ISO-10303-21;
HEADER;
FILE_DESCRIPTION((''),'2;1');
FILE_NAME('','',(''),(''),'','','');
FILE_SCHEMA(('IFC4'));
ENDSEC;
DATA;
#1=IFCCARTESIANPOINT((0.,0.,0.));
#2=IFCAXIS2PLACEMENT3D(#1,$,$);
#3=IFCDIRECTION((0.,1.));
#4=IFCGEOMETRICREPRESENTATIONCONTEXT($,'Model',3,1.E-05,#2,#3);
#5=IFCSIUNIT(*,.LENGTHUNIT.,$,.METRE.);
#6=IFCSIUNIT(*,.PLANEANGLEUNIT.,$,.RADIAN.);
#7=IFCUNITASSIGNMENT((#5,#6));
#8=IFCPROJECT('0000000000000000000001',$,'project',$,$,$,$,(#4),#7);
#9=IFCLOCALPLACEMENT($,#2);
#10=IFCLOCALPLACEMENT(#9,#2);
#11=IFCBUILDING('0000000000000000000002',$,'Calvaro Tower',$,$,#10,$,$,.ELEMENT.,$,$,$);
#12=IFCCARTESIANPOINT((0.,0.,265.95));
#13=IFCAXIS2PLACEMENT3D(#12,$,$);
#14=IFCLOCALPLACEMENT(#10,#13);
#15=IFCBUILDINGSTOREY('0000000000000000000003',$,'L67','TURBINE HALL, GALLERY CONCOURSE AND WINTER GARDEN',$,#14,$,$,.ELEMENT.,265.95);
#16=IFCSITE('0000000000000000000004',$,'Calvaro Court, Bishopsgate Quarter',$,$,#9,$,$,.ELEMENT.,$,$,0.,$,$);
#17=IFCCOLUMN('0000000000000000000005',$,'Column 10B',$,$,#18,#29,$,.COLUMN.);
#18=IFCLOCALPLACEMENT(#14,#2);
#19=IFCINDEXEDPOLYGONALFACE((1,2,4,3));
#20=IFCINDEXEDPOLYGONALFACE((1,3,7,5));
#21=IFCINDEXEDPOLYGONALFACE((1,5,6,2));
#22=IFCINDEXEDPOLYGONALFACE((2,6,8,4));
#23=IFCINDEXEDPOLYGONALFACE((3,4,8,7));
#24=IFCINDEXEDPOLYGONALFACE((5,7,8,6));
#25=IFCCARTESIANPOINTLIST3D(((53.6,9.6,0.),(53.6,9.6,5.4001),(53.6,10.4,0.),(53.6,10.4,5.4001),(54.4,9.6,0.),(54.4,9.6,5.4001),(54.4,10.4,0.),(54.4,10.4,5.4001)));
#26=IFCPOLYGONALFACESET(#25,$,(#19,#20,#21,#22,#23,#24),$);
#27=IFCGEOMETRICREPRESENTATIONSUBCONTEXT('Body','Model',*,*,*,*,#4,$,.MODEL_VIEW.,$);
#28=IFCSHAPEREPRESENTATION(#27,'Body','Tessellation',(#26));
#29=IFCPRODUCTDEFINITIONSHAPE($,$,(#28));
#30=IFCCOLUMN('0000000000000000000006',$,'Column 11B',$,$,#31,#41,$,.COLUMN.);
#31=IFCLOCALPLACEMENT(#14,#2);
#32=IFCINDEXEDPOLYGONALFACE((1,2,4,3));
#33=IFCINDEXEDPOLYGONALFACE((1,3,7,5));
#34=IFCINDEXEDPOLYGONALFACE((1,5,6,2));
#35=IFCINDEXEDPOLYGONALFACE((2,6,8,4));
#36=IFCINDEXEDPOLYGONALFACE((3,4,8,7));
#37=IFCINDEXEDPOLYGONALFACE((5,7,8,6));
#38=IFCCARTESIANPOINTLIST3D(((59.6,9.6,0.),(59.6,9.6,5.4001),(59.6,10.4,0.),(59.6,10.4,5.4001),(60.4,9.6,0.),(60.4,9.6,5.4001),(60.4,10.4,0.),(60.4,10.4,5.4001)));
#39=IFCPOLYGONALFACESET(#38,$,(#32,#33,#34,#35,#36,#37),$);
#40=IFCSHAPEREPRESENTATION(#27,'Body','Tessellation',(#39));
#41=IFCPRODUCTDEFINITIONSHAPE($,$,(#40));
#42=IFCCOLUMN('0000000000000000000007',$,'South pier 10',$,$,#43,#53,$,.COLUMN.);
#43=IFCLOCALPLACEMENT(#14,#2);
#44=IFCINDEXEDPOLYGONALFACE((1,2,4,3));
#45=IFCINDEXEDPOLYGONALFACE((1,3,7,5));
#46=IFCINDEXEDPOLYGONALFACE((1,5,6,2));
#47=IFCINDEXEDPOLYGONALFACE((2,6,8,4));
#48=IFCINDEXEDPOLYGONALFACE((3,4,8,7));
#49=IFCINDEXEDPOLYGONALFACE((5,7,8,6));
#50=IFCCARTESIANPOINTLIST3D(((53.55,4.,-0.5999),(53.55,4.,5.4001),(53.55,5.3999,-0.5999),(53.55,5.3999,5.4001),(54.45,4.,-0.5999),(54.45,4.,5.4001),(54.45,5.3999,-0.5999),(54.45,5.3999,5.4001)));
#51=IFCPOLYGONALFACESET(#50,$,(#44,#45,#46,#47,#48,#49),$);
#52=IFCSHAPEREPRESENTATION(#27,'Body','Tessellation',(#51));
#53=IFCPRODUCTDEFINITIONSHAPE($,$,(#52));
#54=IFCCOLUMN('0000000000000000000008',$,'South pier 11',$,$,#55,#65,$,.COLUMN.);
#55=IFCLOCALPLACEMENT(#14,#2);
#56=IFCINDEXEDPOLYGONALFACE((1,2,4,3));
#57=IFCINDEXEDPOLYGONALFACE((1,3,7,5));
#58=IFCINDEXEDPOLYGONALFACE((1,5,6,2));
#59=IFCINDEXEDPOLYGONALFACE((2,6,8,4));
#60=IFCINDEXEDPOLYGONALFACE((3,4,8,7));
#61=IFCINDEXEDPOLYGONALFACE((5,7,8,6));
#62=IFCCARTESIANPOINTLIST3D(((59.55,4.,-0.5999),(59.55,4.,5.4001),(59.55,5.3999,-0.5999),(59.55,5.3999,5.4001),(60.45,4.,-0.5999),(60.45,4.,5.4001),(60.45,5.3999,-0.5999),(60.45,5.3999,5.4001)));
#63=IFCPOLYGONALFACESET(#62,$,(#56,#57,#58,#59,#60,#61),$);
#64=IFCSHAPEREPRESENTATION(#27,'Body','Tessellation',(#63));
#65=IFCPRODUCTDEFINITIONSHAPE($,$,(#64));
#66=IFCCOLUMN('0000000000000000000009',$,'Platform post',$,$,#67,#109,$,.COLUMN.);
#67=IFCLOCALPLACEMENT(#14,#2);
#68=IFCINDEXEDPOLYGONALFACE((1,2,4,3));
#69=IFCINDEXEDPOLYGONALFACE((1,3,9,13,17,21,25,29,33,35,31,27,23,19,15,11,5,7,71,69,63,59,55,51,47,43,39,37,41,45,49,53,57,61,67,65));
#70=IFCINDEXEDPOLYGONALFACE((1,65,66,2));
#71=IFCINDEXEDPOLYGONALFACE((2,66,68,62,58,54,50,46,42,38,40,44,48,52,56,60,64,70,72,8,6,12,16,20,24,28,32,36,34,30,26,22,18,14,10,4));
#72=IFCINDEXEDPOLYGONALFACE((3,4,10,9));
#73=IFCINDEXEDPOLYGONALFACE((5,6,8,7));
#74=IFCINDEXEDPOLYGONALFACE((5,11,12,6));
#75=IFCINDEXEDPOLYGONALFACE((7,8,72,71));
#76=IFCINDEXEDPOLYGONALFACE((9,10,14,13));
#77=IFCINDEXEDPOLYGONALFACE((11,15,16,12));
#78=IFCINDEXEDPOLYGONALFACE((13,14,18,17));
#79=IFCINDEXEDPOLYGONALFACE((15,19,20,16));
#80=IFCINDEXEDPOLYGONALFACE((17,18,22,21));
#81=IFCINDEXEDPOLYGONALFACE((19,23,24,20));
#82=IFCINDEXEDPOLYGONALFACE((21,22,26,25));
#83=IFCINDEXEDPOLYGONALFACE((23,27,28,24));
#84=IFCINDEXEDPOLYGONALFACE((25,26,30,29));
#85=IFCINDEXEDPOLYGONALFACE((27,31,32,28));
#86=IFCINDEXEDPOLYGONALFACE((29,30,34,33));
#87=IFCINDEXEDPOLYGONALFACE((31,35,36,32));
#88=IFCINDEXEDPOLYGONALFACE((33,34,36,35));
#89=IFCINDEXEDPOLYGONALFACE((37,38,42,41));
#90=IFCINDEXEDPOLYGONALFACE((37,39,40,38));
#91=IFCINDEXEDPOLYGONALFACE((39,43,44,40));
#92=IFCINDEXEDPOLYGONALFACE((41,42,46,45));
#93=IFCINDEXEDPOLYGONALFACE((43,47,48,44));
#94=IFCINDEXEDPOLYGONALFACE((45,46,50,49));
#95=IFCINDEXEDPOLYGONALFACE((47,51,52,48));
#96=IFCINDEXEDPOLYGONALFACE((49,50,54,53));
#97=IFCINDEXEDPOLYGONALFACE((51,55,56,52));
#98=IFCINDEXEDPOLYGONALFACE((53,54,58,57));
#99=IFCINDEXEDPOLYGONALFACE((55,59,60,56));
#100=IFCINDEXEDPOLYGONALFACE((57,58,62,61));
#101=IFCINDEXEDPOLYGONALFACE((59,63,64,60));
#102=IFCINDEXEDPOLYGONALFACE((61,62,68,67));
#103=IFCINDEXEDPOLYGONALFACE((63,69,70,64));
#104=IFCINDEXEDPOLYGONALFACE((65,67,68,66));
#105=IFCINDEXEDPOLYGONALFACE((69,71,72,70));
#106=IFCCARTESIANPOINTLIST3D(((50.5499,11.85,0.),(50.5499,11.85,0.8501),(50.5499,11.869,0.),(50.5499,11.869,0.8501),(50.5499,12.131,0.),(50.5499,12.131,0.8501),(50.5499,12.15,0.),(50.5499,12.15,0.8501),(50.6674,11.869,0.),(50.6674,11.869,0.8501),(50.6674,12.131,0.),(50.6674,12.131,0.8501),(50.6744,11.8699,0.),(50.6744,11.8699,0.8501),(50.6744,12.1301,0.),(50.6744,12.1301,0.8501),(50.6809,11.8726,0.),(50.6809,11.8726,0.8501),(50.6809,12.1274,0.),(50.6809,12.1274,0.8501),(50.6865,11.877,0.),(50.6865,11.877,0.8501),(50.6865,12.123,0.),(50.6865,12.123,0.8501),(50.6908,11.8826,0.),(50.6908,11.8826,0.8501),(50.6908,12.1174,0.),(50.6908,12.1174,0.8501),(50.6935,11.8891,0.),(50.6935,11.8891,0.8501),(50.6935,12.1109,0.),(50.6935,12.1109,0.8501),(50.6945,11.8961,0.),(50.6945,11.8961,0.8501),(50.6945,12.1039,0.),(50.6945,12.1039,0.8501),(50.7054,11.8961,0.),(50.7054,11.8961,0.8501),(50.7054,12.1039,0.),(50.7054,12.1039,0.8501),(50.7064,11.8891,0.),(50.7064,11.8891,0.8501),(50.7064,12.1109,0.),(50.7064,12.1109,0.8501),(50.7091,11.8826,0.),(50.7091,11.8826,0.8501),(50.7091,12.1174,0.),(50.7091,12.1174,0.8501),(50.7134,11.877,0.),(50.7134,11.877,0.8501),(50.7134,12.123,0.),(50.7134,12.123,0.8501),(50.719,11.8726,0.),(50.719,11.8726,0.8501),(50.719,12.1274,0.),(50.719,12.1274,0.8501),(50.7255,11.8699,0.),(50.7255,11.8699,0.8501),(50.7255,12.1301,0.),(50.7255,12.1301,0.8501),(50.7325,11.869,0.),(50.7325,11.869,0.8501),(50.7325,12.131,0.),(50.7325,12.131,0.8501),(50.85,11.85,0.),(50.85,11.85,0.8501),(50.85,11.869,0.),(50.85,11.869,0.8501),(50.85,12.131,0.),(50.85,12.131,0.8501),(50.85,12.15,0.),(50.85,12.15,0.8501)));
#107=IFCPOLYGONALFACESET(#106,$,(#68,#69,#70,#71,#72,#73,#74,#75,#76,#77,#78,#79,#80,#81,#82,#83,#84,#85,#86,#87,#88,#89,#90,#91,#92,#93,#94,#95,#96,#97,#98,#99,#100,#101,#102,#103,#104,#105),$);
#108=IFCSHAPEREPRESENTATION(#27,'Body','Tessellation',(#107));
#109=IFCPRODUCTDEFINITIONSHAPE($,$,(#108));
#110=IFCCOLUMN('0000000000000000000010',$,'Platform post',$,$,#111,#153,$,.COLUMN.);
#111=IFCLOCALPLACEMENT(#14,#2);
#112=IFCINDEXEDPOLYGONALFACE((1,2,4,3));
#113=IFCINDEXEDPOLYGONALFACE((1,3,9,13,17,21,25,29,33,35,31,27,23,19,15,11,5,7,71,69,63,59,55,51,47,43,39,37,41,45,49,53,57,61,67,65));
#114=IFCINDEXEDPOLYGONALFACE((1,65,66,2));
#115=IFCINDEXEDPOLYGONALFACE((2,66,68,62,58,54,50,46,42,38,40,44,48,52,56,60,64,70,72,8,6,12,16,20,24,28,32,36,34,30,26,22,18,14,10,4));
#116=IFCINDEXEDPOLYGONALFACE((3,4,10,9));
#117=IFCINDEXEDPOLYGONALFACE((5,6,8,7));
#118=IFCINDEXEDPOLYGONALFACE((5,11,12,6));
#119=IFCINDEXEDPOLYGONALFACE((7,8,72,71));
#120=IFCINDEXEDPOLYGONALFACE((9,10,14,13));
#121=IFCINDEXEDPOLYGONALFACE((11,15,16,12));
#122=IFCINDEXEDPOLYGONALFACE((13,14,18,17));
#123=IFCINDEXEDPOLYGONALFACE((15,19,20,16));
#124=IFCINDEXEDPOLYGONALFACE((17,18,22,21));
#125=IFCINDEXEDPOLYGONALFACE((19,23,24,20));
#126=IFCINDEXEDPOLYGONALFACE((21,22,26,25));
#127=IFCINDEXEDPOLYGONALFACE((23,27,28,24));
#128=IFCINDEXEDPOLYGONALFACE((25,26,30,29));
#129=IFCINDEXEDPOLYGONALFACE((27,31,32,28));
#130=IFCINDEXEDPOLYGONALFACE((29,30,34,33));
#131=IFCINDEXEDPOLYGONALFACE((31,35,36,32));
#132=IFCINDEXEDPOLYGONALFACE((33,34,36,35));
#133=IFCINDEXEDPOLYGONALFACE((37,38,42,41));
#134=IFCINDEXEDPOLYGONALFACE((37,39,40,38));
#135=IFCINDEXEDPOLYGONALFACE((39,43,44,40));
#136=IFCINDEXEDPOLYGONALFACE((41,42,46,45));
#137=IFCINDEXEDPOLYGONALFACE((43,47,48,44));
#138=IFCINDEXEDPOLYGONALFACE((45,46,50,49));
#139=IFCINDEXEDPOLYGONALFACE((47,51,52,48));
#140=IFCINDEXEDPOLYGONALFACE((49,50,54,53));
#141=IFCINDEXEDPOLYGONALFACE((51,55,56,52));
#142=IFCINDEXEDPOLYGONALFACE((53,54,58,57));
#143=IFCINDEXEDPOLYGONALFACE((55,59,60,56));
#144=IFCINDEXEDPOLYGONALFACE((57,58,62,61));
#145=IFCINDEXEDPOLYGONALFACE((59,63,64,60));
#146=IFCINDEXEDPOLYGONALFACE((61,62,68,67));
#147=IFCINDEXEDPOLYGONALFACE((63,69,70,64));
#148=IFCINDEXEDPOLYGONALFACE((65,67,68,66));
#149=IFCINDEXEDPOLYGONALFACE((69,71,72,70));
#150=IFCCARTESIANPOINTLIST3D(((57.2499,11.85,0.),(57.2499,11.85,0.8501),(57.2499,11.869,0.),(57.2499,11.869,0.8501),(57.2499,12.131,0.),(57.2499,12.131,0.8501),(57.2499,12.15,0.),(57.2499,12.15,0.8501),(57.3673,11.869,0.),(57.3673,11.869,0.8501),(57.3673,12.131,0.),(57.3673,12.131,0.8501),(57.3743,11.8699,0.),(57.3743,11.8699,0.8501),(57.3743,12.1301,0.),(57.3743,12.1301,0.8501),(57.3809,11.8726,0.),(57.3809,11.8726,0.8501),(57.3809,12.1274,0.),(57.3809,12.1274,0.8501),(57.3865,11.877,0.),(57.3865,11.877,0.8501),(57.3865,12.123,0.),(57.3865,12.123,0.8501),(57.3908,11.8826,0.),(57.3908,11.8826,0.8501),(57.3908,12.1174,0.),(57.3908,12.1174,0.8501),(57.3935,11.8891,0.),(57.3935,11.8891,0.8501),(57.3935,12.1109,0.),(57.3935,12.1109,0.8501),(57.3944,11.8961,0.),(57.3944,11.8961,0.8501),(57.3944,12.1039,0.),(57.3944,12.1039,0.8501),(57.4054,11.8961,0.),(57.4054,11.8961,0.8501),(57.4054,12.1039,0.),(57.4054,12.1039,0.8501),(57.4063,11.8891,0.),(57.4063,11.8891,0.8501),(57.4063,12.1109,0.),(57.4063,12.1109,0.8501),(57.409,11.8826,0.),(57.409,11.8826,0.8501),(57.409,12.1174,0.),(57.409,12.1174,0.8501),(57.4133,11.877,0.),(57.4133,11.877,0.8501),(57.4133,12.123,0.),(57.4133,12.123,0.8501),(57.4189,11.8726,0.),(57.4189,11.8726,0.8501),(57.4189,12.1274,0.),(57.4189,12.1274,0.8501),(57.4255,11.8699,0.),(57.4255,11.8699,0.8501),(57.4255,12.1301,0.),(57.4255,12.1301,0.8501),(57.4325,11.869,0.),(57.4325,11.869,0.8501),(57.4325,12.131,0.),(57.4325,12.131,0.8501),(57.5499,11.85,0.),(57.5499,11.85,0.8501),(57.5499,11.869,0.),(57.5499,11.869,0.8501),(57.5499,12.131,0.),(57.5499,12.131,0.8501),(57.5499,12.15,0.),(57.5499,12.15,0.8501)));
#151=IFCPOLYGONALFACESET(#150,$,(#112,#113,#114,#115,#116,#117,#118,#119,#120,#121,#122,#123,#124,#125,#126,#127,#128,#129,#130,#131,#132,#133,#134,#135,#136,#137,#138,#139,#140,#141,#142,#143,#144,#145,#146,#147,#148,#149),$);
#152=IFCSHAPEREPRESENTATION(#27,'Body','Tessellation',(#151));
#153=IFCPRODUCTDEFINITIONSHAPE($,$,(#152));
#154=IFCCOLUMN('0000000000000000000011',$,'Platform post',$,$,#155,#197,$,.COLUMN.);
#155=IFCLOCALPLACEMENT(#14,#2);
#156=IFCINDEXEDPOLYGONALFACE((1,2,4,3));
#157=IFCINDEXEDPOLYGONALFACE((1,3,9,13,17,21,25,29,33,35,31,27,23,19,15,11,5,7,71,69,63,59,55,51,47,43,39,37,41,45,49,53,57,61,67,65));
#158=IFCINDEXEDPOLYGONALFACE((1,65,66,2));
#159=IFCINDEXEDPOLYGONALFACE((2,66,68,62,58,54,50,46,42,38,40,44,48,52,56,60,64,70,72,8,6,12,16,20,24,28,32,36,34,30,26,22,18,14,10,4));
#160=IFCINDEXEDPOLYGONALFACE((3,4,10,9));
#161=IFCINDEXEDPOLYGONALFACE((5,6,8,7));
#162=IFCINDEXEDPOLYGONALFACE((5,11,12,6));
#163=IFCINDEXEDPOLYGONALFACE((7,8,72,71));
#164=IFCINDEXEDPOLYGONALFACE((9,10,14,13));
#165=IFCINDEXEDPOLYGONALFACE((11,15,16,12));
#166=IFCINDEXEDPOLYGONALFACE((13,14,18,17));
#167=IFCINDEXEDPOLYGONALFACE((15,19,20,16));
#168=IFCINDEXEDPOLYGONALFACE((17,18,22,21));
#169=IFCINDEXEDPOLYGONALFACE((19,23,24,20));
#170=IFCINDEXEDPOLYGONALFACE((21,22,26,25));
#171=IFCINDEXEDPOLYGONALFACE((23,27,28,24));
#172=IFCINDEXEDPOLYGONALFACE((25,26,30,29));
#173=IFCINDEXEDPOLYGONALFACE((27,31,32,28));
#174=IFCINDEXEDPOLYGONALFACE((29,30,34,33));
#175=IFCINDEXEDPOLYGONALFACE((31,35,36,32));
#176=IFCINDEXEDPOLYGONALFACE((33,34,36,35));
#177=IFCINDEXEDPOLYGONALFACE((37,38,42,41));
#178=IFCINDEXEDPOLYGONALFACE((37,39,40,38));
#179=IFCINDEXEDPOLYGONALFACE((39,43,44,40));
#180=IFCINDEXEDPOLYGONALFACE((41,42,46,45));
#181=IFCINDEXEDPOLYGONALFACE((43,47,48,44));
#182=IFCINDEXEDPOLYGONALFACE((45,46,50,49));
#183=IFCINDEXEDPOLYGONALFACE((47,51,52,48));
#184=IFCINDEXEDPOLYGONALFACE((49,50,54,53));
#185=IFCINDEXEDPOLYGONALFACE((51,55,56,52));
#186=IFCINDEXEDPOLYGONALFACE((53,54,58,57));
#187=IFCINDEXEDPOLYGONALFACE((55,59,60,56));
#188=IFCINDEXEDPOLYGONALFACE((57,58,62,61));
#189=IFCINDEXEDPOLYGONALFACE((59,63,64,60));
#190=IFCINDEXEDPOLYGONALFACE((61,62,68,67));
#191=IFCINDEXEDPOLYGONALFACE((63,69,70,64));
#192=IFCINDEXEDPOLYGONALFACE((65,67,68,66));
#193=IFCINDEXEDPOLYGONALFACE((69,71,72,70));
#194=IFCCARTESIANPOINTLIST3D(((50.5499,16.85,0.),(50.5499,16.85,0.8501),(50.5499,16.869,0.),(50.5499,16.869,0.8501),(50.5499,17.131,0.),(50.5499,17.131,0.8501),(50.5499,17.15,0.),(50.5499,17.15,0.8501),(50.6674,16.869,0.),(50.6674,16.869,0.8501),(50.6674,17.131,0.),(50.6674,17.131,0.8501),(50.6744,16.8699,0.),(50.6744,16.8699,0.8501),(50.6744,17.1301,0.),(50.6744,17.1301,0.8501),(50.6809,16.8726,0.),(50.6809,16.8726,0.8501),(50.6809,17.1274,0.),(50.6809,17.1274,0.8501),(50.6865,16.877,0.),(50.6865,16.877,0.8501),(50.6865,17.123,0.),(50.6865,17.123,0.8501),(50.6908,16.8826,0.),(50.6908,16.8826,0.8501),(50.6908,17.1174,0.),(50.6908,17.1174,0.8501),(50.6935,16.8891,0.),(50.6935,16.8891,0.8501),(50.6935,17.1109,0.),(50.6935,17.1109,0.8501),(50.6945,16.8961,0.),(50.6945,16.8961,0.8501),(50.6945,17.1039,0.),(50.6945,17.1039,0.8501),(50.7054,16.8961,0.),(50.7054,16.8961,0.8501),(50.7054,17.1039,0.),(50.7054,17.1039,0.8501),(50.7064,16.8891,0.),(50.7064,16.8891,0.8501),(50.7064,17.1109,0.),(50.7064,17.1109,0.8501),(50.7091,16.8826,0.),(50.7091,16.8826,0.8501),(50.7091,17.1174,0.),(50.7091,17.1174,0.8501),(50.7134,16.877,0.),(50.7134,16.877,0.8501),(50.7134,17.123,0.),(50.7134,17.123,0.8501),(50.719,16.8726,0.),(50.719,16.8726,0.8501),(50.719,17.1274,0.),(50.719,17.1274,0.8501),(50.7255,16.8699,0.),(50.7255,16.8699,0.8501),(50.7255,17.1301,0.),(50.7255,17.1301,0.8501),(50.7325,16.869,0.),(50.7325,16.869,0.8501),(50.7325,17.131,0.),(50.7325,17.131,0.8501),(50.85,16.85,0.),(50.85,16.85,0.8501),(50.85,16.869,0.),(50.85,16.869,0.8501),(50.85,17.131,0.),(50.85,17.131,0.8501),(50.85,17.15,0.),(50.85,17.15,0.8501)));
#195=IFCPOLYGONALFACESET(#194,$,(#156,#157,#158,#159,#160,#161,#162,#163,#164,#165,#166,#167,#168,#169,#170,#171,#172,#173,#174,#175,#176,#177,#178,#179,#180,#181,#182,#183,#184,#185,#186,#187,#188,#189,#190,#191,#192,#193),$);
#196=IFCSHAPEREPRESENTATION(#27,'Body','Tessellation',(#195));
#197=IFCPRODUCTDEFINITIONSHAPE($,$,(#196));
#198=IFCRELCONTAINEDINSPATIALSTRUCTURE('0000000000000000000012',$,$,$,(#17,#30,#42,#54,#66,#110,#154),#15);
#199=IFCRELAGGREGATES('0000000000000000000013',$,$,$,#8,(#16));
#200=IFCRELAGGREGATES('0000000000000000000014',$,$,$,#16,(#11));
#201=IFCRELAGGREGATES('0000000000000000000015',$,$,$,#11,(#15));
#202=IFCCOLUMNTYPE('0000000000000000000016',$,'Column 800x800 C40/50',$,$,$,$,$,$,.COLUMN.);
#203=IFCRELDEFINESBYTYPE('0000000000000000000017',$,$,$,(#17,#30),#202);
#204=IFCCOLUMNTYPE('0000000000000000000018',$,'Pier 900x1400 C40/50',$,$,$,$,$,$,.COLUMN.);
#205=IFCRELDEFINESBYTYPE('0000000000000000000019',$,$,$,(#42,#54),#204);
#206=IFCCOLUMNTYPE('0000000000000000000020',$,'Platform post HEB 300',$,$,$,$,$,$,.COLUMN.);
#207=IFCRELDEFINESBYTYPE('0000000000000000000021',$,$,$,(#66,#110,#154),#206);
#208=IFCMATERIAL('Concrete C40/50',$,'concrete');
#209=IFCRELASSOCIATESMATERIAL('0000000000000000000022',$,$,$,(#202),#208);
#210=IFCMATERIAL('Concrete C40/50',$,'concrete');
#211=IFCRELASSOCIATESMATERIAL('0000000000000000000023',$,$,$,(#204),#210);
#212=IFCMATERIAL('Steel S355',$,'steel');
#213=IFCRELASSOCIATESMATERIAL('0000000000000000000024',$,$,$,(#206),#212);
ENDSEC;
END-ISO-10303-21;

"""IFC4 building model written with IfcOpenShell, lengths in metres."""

from ifc_helpers import new_model, si_unit, direction, frame, origin, origin_2d, place, context, subcontext, project, spatial, rectangle, i_section, extrude, material, material_profile, profile_set, type_object, element, save


model = new_model("IFC4")

# Units and contexts
model_context = context("Model", 3, precision=1e-05, world=origin(), true_north=direction((0.0, 1.0)))
body_context = subcontext(model_context, "Body", "Model", "MODEL_VIEW")
ifc_project = project(units=[si_unit("LENGTHUNIT", "METRE"), si_unit("PLANEANGLEUNIT", "RADIAN")], contexts=[model_context])

# Site, building, storey
site_placement = place(None, origin())
site = spatial("IfcSite", under=ifc_project, at=site_placement, Name="Calvaro Court, Bishopsgate Quarter", CompositionType="ELEMENT", RefElevation=0.0)
building_placement = place(site_placement, origin())
building = spatial("IfcBuilding", under=site, at=building_placement, Name="Calvaro Tower", CompositionType="ELEMENT")
storey_placement = place(building_placement, frame((0.0, 0.0, 265.95)))
storey = spatial("IfcBuildingStorey", under=building, at=storey_placement, Name="L67", Description="TURBINE HALL, GALLERY CONCOURSE AND WINTER GARDEN", CompositionType="ELEMENT", Elevation=265.95)

# Columns
ifc_material_1 = material(Name="Concrete C40/50", Category="concrete")
ifc_material_profile_1 = material_profile(ifc_material_1, rectangle(XDim=0.8, YDim=0.8, at=origin_2d()), Name="RC 800x800")
ifc_profile_set_1 = profile_set([ifc_material_profile_1], Name="Concrete C40/50")
column_type_1 = type_object("IfcColumnType", Name="Column 800x800 C40/50", PredefinedType="COLUMN", material=ifc_profile_set_1)
for number, where, z_axis, x_axis, name in (
    (1, (54.0, 10.0, 0.0), (0.0, 0.0, 1.0), (1.0, 0.0, 0.0), "Column 10B"),
    (2, (60.0, 10.0, 0.0), (0.0, 0.0, 1.0), (1.0, 0.0, 0.0), "Column 11B"),
):
    element("IfcColumn", number, at=place(storey_placement, frame(where, z_axis=z_axis, x_axis=x_axis)), inside=storey, type_object=column_type_1, Name=name, PredefinedType="COLUMN", context=body_context, shape_type="SweptSolid", body=[
        extrude(rectangle(XDim=0.8, YDim=0.8, at=origin_2d()), origin(), (0.0, 0.0, 1.0), 5.4001),
    ])
ifc_material_2 = material(Name="Concrete C40/50", Category="concrete")
ifc_material_profile_2 = material_profile(ifc_material_2, rectangle(XDim=0.8999, YDim=1.3999, at=origin_2d()), Name="RC 900x1400")
ifc_profile_set_2 = profile_set([ifc_material_profile_2], Name="Concrete C40/50")
column_type_2 = type_object("IfcColumnType", Name="Pier 900x1400 C40/50", PredefinedType="COLUMN", material=ifc_profile_set_2)
for number, where, z_axis, x_axis, name in (
    (3, (54.0, 4.7, -0.5999), (0.0, 0.0, 1.0), (1.0, 0.0, 0.0), "South pier 10"),
    (4, (60.0, 4.7, -0.5999), (0.0, 0.0, 1.0), (1.0, 0.0, 0.0), "South pier 11"),
):
    element("IfcColumn", number, at=place(storey_placement, frame(where, z_axis=z_axis, x_axis=x_axis)), inside=storey, type_object=column_type_2, Name=name, PredefinedType="COLUMN", context=body_context, shape_type="SweptSolid", body=[
        extrude(rectangle(XDim=0.8999, YDim=1.3999, at=origin_2d()), origin(), (0.0, 0.0, 1.0), 6.0),
    ])
ifc_material_3 = material(Name="Steel S355", Category="steel")
ifc_material_profile_3 = material_profile(ifc_material_3, i_section(OverallWidth=0.3, OverallDepth=0.3, WebThickness=0.011, FlangeThickness=0.019, FilletRadius=0.0271, at=origin_2d()), Name="HEB 300")
ifc_profile_set_3 = profile_set([ifc_material_profile_3], Name="Steel S355")
column_type_3 = type_object("IfcColumnType", Name="Platform post HEB 300", PredefinedType="COLUMN", material=ifc_profile_set_3)
for number, where, z_axis, x_axis, name in (
    (5, (50.7, 12.0, 0.0), (0.0, 0.0, 1.0), (1.0, 0.0, 0.0), "Platform post"),
    (6, (57.3999, 12.0, 0.0), (0.0, 0.0, 1.0), (1.0, 0.0, 0.0), "Platform post"),
    (7, (50.7, 17.0, 0.0), (0.0, 0.0, 1.0), (1.0, 0.0, 0.0), "Platform post"),
):
    element("IfcColumn", number, at=place(storey_placement, frame(where, z_axis=z_axis, x_axis=x_axis)), inside=storey, type_object=column_type_3, Name=name, PredefinedType="COLUMN", context=body_context, shape_type="SweptSolid", body=[
        extrude(i_section(OverallWidth=0.3, OverallDepth=0.3, WebThickness=0.011, FlangeThickness=0.019, FilletRadius=0.0271, at=origin_2d()), origin(), (0.0, 0.0, 1.0), 0.8501),
    ])

save(model, "model.ifc")
